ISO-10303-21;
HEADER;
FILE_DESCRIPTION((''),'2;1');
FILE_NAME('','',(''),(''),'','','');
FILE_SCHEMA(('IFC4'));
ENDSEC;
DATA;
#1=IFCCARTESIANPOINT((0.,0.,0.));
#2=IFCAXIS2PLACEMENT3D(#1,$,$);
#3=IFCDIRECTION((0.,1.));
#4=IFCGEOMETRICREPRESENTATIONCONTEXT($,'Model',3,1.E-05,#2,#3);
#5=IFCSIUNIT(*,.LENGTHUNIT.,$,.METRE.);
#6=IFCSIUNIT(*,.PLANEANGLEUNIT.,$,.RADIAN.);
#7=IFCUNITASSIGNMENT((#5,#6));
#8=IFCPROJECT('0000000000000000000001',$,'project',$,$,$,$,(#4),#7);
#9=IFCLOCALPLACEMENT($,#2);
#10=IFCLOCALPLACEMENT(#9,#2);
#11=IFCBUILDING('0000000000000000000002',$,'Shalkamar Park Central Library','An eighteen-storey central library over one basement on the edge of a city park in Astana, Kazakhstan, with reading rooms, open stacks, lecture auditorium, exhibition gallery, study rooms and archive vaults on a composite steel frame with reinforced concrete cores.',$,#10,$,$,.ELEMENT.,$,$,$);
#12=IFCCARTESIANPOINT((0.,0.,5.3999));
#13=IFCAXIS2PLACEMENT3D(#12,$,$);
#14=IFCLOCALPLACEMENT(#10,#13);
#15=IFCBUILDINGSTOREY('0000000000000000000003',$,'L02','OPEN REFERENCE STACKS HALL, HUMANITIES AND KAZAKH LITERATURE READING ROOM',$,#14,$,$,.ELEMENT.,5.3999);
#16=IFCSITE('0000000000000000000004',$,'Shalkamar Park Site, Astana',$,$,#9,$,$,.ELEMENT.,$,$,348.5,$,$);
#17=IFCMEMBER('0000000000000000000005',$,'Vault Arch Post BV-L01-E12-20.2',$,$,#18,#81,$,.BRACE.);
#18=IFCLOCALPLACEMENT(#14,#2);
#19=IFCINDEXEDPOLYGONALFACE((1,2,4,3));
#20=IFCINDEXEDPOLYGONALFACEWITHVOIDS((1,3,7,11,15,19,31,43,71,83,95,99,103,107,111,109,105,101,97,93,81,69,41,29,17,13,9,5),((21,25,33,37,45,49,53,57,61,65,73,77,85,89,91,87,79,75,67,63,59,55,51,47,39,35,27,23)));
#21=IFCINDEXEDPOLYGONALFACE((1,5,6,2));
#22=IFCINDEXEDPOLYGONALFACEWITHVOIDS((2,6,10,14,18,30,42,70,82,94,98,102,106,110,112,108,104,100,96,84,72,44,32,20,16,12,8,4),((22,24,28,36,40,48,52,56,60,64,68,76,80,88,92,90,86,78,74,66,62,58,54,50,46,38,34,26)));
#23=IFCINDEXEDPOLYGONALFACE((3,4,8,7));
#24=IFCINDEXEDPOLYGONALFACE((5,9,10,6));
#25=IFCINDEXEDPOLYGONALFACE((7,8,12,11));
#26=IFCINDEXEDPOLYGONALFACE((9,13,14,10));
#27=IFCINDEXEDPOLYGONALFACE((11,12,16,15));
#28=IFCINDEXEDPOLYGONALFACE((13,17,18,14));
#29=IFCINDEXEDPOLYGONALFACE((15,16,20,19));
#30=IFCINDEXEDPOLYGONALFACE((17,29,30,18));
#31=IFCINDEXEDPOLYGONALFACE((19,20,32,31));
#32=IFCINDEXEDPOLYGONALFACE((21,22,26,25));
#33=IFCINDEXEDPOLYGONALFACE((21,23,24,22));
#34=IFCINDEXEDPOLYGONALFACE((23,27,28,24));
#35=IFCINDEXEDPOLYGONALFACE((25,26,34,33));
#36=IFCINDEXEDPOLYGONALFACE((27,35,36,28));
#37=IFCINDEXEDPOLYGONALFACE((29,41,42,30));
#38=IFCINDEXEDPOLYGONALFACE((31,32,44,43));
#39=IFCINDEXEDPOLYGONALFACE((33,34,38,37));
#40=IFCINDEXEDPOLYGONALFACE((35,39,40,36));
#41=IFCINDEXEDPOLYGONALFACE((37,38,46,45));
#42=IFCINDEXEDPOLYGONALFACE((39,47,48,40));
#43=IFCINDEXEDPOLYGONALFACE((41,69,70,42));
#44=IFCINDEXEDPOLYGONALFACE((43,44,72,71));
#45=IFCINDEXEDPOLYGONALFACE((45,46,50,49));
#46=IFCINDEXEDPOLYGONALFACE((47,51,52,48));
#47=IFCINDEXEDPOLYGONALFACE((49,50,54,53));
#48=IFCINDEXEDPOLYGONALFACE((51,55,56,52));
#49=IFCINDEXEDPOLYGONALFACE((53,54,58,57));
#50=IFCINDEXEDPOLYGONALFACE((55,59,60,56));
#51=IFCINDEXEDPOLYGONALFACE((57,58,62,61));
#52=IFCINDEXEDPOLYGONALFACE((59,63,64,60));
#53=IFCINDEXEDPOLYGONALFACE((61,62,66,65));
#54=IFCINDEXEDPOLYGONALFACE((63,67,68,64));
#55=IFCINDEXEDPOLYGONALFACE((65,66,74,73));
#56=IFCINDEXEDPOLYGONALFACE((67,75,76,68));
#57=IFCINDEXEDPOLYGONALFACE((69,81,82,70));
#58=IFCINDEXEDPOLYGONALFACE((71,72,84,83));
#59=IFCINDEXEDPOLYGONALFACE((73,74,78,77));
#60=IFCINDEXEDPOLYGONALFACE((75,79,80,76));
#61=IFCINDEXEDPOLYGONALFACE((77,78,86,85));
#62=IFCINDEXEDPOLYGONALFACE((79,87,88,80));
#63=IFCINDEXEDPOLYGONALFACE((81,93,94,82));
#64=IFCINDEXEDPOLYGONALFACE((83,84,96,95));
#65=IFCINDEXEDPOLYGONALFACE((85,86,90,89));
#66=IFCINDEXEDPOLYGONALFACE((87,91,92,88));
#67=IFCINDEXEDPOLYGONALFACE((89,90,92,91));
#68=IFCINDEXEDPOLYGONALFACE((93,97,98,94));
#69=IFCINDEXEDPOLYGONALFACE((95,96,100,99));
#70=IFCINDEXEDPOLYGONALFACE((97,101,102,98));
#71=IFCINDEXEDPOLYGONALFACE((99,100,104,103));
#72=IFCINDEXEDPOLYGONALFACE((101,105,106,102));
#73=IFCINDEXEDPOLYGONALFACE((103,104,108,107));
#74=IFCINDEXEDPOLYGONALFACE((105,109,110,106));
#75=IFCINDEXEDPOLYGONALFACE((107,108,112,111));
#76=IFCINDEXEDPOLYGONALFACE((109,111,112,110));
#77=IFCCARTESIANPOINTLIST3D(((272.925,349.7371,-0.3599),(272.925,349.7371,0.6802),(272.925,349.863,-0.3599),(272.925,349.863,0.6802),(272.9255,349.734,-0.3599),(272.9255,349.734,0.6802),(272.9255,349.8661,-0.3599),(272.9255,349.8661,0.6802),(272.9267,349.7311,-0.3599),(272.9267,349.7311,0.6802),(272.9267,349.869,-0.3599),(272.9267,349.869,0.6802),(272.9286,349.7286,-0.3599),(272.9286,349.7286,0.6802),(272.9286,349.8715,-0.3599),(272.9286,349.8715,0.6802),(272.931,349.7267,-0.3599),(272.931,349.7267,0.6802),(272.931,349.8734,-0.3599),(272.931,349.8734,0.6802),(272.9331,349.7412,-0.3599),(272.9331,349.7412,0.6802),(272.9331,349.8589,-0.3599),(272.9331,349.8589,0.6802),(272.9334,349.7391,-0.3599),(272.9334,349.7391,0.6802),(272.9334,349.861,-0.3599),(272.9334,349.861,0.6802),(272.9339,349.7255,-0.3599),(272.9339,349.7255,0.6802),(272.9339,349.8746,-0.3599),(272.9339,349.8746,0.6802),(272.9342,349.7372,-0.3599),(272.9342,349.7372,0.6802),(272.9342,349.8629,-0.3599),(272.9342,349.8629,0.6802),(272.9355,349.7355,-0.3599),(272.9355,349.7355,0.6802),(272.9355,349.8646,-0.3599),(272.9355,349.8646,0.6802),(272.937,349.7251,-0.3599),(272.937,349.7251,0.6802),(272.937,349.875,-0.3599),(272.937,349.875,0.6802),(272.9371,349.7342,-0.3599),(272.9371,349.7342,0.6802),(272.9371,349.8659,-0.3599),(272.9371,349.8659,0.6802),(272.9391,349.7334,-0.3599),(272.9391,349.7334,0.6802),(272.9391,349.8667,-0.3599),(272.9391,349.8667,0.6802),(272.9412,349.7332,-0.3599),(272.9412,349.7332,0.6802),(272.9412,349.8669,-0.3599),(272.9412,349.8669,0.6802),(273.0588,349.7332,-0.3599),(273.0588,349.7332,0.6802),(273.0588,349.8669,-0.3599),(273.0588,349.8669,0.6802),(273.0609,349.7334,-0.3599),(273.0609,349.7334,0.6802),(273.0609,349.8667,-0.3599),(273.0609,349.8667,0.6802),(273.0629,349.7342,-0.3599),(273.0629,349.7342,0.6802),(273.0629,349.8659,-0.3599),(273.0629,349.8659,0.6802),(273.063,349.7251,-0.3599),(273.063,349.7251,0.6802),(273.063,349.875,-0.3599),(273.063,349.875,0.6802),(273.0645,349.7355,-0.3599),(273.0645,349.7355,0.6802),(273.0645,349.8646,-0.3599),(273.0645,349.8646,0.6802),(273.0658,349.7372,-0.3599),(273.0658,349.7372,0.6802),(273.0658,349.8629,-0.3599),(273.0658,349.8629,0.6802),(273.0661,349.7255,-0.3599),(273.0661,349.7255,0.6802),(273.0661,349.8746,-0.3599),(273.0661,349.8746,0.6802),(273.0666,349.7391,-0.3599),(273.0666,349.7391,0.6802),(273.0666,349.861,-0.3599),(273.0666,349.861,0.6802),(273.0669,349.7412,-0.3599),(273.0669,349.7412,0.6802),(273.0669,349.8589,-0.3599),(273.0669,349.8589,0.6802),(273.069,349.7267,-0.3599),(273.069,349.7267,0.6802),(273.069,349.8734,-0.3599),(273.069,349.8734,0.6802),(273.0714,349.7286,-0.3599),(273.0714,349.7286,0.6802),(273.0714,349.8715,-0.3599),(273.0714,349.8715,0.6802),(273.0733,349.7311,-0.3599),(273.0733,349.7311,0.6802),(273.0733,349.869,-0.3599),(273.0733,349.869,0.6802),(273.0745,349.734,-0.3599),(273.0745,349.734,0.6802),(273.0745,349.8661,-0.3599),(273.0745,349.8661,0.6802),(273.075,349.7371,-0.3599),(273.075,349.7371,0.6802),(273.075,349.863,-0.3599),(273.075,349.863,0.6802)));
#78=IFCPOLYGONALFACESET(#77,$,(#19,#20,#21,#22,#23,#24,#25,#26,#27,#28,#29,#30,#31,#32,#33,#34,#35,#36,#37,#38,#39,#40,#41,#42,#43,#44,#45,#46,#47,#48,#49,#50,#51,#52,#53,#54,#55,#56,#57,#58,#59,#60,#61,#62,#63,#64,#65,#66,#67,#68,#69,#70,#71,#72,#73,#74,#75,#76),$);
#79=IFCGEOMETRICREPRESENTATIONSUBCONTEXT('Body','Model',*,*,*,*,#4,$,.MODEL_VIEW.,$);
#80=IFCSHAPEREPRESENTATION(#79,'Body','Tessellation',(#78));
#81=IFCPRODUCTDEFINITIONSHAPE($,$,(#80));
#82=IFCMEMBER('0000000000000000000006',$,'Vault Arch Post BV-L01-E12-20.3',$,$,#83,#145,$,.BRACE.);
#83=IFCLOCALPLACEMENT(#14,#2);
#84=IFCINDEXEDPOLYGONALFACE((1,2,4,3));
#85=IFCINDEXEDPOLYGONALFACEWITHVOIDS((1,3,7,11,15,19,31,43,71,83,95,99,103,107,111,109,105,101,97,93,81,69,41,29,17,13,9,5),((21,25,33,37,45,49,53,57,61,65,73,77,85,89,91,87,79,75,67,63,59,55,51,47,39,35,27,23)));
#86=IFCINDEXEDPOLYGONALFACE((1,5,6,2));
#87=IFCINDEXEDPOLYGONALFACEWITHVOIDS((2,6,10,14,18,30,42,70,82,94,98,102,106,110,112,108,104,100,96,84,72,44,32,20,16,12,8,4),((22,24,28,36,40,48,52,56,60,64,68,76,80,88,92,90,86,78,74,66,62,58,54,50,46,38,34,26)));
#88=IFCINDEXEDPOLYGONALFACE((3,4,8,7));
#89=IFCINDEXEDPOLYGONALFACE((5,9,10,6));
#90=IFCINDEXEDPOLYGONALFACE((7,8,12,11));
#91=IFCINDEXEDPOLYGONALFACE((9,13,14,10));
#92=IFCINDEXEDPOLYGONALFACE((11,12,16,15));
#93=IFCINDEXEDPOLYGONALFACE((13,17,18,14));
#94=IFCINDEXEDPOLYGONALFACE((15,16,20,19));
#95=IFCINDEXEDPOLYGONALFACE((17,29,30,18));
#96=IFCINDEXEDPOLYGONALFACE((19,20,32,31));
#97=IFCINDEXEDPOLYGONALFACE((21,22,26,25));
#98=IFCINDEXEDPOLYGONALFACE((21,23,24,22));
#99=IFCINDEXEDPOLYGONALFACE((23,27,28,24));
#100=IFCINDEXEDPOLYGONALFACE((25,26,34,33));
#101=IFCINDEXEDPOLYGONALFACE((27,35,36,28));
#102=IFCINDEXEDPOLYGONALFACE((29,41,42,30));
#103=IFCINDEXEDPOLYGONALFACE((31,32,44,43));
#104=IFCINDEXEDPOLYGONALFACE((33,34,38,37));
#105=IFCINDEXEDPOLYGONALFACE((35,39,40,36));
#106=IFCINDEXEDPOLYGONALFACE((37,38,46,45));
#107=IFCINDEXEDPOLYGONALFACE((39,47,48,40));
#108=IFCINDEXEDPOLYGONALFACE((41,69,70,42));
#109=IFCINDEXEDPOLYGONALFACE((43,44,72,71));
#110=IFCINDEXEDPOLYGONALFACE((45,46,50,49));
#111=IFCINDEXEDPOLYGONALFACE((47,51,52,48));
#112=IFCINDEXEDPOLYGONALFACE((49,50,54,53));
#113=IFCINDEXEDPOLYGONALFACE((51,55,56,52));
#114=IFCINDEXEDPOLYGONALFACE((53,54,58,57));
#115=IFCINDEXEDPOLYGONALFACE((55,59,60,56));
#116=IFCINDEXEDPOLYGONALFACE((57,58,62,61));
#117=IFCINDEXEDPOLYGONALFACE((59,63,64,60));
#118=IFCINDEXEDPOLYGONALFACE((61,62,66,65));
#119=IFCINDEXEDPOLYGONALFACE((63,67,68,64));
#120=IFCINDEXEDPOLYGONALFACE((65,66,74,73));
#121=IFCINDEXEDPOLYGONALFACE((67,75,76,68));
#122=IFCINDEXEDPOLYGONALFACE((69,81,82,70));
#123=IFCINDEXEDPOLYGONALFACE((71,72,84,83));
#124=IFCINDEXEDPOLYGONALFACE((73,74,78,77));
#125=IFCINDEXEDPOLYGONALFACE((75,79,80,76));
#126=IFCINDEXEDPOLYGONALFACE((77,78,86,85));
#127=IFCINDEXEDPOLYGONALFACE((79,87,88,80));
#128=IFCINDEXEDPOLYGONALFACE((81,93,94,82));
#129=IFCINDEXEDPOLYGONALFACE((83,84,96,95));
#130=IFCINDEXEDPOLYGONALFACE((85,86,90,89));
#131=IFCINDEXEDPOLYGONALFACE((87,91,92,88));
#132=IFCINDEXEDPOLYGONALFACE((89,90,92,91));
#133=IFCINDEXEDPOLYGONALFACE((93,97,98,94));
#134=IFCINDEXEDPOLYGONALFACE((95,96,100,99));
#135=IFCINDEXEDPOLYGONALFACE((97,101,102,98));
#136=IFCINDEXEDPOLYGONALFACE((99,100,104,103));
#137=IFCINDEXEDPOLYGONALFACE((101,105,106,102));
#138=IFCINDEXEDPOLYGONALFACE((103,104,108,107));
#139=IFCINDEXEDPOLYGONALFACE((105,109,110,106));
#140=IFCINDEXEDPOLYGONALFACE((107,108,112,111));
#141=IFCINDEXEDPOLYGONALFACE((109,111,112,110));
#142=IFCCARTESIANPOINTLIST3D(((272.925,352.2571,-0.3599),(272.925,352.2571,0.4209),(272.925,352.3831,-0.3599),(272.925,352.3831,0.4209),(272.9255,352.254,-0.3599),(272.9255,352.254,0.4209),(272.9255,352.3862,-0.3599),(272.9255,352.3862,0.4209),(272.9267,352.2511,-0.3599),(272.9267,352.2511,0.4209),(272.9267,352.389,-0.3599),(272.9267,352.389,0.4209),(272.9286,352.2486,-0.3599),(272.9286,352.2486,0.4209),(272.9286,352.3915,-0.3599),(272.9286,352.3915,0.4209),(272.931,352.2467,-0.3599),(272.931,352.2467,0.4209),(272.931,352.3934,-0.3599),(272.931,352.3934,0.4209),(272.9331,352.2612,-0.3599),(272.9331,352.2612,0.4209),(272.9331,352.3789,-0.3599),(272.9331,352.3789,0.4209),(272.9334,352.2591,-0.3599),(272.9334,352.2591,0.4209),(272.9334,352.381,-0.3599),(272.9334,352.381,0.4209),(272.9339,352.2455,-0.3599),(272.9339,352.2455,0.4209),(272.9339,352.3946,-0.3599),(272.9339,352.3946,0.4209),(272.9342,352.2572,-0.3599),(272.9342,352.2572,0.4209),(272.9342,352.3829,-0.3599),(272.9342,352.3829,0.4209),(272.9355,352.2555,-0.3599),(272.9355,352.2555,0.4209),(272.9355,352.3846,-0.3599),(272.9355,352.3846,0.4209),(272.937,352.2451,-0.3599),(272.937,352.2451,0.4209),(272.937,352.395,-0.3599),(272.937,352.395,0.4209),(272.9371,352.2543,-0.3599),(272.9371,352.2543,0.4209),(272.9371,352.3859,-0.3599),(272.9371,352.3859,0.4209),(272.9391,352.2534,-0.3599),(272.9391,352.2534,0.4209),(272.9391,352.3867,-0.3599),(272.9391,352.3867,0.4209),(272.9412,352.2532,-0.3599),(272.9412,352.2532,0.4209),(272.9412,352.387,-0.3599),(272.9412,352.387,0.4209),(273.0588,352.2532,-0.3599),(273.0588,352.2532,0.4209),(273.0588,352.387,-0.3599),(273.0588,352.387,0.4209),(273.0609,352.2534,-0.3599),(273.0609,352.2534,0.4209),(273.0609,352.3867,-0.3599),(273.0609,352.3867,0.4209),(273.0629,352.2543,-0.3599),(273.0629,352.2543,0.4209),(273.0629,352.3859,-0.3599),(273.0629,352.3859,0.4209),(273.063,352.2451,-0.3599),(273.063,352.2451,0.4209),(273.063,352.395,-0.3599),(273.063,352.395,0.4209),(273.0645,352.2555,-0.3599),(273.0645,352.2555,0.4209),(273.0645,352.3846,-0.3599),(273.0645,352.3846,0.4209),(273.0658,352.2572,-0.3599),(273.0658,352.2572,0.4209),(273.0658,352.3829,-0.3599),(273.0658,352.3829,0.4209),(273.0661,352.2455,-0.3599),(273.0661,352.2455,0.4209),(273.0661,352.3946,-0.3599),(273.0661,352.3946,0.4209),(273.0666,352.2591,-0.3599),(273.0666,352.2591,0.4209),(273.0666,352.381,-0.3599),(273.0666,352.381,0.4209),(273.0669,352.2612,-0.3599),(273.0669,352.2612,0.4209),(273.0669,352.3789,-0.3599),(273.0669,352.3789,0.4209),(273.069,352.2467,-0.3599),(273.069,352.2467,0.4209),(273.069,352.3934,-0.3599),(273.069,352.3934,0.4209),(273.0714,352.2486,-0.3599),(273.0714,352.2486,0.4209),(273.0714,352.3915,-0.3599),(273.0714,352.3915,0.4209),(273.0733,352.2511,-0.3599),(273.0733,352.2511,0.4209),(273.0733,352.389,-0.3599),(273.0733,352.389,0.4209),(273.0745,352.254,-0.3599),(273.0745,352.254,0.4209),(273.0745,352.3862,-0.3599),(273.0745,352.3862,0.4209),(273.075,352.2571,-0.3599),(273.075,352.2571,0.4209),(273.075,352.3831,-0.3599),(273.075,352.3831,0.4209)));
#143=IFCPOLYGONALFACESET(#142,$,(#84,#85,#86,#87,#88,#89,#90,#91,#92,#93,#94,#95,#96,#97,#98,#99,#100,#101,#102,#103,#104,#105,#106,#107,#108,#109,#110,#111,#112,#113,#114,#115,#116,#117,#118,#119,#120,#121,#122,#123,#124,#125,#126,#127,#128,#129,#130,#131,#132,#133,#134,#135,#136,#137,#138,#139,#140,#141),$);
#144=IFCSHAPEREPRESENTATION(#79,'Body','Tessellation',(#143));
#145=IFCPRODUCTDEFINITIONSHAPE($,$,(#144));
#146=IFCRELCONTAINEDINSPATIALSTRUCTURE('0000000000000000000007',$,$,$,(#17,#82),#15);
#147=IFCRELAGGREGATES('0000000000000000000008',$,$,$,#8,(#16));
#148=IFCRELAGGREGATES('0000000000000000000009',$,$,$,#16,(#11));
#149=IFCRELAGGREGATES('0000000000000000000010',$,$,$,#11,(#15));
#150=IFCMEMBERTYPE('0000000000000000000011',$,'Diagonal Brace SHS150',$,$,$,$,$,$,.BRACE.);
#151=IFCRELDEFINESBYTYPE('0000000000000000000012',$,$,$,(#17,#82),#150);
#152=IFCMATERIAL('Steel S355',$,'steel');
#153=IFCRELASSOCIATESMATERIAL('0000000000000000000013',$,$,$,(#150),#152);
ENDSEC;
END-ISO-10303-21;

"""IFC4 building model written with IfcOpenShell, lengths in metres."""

from ifc_helpers import new_model, si_unit, direction, frame, origin, origin_2d, place, context, subcontext, project, spatial, hollow_rectangle, extrude, material, material_profile, profile_set, type_object, element, save


model = new_model("IFC4")

# Units and contexts
model_context = context("Model", 3, precision=1e-05, world=origin(), true_north=direction((0.0, 1.0)))
body_context = subcontext(model_context, "Body", "Model", "MODEL_VIEW")
ifc_project = project(units=[si_unit("LENGTHUNIT", "METRE"), si_unit("PLANEANGLEUNIT", "RADIAN")], contexts=[model_context])

# Site, building, storey
site_placement = place(None, origin())
site = spatial("IfcSite", under=ifc_project, at=site_placement, Name="Shalkamar Park Site, Astana", CompositionType="ELEMENT", RefElevation=348.5)
building_placement = place(site_placement, origin())
building = spatial("IfcBuilding", under=site, at=building_placement, Name="Shalkamar Park Central Library", Description="An eighteen-storey central library over one basement on the edge of a city park in Astana, Kazakhstan, with reading rooms, open stacks, lecture auditorium, exhibition gallery, study rooms and archive vaults on a composite steel frame with reinforced concrete cores.", CompositionType="ELEMENT")
storey_placement = place(building_placement, frame((0.0, 0.0, 5.3999)))
storey = spatial("IfcBuildingStorey", under=building, at=storey_placement, Name="L02", Description="OPEN REFERENCE STACKS HALL, HUMANITIES AND KAZAKH LITERATURE READING ROOM", CompositionType="ELEMENT", Elevation=5.3999)

# Members
ifc_material_1 = material(Name="Steel S355", Category="steel")
ifc_material_profile_1 = material_profile(ifc_material_1, hollow_rectangle(XDim=0.1499, YDim=0.1499, WallThickness=0.0081, InnerFilletRadius=0.0081, OuterFilletRadius=0.012, at=origin_2d()), Name="SHS 150x150x8")
ifc_profile_set_1 = profile_set([ifc_material_profile_1], Name="Steel S355")
member_type_1 = type_object("IfcMemberType", Name="Diagonal Brace SHS150", PredefinedType="BRACE", material=ifc_profile_set_1)
member_1_placement = place(storey_placement, frame((273.0, 349.8, -0.3599), z_axis=(0.0, 0.0, 1.0), x_axis=(1.0, 0.0, 0.0)))
element("IfcMember", 1, at=member_1_placement, inside=storey, type_object=member_type_1, Name="Vault Arch Post BV-L01-E12-20.2", PredefinedType="BRACE", context=body_context, shape_type="SweptSolid", body=[
    extrude(hollow_rectangle(XDim=0.1499, YDim=0.1499, WallThickness=0.0081, InnerFilletRadius=0.0081, OuterFilletRadius=0.012, at=origin_2d()), origin(), (0.0, 0.0, 1.0), 1.04),
])
for number, where, z_axis, x_axis, name in (
    (2, (273.0, 352.3201, -0.3599), (0.0, 0.0, 1.0), (1.0, 0.0, 0.0), "Vault Arch Post BV-L01-E12-20.3"),
):
    element("IfcMember", number, at=place(storey_placement, frame(where, z_axis=z_axis, x_axis=x_axis)), inside=storey, type_object=member_type_1, Name=name, PredefinedType="BRACE", context=body_context, shape_type="SweptSolid", body=[
        extrude(hollow_rectangle(XDim=0.1499, YDim=0.1499, WallThickness=0.0081, InnerFilletRadius=0.0081, OuterFilletRadius=0.012, at=origin_2d()), origin(), (0.0, 0.0, 1.0), 0.7808),
    ])

save(model, "model.ifc")
